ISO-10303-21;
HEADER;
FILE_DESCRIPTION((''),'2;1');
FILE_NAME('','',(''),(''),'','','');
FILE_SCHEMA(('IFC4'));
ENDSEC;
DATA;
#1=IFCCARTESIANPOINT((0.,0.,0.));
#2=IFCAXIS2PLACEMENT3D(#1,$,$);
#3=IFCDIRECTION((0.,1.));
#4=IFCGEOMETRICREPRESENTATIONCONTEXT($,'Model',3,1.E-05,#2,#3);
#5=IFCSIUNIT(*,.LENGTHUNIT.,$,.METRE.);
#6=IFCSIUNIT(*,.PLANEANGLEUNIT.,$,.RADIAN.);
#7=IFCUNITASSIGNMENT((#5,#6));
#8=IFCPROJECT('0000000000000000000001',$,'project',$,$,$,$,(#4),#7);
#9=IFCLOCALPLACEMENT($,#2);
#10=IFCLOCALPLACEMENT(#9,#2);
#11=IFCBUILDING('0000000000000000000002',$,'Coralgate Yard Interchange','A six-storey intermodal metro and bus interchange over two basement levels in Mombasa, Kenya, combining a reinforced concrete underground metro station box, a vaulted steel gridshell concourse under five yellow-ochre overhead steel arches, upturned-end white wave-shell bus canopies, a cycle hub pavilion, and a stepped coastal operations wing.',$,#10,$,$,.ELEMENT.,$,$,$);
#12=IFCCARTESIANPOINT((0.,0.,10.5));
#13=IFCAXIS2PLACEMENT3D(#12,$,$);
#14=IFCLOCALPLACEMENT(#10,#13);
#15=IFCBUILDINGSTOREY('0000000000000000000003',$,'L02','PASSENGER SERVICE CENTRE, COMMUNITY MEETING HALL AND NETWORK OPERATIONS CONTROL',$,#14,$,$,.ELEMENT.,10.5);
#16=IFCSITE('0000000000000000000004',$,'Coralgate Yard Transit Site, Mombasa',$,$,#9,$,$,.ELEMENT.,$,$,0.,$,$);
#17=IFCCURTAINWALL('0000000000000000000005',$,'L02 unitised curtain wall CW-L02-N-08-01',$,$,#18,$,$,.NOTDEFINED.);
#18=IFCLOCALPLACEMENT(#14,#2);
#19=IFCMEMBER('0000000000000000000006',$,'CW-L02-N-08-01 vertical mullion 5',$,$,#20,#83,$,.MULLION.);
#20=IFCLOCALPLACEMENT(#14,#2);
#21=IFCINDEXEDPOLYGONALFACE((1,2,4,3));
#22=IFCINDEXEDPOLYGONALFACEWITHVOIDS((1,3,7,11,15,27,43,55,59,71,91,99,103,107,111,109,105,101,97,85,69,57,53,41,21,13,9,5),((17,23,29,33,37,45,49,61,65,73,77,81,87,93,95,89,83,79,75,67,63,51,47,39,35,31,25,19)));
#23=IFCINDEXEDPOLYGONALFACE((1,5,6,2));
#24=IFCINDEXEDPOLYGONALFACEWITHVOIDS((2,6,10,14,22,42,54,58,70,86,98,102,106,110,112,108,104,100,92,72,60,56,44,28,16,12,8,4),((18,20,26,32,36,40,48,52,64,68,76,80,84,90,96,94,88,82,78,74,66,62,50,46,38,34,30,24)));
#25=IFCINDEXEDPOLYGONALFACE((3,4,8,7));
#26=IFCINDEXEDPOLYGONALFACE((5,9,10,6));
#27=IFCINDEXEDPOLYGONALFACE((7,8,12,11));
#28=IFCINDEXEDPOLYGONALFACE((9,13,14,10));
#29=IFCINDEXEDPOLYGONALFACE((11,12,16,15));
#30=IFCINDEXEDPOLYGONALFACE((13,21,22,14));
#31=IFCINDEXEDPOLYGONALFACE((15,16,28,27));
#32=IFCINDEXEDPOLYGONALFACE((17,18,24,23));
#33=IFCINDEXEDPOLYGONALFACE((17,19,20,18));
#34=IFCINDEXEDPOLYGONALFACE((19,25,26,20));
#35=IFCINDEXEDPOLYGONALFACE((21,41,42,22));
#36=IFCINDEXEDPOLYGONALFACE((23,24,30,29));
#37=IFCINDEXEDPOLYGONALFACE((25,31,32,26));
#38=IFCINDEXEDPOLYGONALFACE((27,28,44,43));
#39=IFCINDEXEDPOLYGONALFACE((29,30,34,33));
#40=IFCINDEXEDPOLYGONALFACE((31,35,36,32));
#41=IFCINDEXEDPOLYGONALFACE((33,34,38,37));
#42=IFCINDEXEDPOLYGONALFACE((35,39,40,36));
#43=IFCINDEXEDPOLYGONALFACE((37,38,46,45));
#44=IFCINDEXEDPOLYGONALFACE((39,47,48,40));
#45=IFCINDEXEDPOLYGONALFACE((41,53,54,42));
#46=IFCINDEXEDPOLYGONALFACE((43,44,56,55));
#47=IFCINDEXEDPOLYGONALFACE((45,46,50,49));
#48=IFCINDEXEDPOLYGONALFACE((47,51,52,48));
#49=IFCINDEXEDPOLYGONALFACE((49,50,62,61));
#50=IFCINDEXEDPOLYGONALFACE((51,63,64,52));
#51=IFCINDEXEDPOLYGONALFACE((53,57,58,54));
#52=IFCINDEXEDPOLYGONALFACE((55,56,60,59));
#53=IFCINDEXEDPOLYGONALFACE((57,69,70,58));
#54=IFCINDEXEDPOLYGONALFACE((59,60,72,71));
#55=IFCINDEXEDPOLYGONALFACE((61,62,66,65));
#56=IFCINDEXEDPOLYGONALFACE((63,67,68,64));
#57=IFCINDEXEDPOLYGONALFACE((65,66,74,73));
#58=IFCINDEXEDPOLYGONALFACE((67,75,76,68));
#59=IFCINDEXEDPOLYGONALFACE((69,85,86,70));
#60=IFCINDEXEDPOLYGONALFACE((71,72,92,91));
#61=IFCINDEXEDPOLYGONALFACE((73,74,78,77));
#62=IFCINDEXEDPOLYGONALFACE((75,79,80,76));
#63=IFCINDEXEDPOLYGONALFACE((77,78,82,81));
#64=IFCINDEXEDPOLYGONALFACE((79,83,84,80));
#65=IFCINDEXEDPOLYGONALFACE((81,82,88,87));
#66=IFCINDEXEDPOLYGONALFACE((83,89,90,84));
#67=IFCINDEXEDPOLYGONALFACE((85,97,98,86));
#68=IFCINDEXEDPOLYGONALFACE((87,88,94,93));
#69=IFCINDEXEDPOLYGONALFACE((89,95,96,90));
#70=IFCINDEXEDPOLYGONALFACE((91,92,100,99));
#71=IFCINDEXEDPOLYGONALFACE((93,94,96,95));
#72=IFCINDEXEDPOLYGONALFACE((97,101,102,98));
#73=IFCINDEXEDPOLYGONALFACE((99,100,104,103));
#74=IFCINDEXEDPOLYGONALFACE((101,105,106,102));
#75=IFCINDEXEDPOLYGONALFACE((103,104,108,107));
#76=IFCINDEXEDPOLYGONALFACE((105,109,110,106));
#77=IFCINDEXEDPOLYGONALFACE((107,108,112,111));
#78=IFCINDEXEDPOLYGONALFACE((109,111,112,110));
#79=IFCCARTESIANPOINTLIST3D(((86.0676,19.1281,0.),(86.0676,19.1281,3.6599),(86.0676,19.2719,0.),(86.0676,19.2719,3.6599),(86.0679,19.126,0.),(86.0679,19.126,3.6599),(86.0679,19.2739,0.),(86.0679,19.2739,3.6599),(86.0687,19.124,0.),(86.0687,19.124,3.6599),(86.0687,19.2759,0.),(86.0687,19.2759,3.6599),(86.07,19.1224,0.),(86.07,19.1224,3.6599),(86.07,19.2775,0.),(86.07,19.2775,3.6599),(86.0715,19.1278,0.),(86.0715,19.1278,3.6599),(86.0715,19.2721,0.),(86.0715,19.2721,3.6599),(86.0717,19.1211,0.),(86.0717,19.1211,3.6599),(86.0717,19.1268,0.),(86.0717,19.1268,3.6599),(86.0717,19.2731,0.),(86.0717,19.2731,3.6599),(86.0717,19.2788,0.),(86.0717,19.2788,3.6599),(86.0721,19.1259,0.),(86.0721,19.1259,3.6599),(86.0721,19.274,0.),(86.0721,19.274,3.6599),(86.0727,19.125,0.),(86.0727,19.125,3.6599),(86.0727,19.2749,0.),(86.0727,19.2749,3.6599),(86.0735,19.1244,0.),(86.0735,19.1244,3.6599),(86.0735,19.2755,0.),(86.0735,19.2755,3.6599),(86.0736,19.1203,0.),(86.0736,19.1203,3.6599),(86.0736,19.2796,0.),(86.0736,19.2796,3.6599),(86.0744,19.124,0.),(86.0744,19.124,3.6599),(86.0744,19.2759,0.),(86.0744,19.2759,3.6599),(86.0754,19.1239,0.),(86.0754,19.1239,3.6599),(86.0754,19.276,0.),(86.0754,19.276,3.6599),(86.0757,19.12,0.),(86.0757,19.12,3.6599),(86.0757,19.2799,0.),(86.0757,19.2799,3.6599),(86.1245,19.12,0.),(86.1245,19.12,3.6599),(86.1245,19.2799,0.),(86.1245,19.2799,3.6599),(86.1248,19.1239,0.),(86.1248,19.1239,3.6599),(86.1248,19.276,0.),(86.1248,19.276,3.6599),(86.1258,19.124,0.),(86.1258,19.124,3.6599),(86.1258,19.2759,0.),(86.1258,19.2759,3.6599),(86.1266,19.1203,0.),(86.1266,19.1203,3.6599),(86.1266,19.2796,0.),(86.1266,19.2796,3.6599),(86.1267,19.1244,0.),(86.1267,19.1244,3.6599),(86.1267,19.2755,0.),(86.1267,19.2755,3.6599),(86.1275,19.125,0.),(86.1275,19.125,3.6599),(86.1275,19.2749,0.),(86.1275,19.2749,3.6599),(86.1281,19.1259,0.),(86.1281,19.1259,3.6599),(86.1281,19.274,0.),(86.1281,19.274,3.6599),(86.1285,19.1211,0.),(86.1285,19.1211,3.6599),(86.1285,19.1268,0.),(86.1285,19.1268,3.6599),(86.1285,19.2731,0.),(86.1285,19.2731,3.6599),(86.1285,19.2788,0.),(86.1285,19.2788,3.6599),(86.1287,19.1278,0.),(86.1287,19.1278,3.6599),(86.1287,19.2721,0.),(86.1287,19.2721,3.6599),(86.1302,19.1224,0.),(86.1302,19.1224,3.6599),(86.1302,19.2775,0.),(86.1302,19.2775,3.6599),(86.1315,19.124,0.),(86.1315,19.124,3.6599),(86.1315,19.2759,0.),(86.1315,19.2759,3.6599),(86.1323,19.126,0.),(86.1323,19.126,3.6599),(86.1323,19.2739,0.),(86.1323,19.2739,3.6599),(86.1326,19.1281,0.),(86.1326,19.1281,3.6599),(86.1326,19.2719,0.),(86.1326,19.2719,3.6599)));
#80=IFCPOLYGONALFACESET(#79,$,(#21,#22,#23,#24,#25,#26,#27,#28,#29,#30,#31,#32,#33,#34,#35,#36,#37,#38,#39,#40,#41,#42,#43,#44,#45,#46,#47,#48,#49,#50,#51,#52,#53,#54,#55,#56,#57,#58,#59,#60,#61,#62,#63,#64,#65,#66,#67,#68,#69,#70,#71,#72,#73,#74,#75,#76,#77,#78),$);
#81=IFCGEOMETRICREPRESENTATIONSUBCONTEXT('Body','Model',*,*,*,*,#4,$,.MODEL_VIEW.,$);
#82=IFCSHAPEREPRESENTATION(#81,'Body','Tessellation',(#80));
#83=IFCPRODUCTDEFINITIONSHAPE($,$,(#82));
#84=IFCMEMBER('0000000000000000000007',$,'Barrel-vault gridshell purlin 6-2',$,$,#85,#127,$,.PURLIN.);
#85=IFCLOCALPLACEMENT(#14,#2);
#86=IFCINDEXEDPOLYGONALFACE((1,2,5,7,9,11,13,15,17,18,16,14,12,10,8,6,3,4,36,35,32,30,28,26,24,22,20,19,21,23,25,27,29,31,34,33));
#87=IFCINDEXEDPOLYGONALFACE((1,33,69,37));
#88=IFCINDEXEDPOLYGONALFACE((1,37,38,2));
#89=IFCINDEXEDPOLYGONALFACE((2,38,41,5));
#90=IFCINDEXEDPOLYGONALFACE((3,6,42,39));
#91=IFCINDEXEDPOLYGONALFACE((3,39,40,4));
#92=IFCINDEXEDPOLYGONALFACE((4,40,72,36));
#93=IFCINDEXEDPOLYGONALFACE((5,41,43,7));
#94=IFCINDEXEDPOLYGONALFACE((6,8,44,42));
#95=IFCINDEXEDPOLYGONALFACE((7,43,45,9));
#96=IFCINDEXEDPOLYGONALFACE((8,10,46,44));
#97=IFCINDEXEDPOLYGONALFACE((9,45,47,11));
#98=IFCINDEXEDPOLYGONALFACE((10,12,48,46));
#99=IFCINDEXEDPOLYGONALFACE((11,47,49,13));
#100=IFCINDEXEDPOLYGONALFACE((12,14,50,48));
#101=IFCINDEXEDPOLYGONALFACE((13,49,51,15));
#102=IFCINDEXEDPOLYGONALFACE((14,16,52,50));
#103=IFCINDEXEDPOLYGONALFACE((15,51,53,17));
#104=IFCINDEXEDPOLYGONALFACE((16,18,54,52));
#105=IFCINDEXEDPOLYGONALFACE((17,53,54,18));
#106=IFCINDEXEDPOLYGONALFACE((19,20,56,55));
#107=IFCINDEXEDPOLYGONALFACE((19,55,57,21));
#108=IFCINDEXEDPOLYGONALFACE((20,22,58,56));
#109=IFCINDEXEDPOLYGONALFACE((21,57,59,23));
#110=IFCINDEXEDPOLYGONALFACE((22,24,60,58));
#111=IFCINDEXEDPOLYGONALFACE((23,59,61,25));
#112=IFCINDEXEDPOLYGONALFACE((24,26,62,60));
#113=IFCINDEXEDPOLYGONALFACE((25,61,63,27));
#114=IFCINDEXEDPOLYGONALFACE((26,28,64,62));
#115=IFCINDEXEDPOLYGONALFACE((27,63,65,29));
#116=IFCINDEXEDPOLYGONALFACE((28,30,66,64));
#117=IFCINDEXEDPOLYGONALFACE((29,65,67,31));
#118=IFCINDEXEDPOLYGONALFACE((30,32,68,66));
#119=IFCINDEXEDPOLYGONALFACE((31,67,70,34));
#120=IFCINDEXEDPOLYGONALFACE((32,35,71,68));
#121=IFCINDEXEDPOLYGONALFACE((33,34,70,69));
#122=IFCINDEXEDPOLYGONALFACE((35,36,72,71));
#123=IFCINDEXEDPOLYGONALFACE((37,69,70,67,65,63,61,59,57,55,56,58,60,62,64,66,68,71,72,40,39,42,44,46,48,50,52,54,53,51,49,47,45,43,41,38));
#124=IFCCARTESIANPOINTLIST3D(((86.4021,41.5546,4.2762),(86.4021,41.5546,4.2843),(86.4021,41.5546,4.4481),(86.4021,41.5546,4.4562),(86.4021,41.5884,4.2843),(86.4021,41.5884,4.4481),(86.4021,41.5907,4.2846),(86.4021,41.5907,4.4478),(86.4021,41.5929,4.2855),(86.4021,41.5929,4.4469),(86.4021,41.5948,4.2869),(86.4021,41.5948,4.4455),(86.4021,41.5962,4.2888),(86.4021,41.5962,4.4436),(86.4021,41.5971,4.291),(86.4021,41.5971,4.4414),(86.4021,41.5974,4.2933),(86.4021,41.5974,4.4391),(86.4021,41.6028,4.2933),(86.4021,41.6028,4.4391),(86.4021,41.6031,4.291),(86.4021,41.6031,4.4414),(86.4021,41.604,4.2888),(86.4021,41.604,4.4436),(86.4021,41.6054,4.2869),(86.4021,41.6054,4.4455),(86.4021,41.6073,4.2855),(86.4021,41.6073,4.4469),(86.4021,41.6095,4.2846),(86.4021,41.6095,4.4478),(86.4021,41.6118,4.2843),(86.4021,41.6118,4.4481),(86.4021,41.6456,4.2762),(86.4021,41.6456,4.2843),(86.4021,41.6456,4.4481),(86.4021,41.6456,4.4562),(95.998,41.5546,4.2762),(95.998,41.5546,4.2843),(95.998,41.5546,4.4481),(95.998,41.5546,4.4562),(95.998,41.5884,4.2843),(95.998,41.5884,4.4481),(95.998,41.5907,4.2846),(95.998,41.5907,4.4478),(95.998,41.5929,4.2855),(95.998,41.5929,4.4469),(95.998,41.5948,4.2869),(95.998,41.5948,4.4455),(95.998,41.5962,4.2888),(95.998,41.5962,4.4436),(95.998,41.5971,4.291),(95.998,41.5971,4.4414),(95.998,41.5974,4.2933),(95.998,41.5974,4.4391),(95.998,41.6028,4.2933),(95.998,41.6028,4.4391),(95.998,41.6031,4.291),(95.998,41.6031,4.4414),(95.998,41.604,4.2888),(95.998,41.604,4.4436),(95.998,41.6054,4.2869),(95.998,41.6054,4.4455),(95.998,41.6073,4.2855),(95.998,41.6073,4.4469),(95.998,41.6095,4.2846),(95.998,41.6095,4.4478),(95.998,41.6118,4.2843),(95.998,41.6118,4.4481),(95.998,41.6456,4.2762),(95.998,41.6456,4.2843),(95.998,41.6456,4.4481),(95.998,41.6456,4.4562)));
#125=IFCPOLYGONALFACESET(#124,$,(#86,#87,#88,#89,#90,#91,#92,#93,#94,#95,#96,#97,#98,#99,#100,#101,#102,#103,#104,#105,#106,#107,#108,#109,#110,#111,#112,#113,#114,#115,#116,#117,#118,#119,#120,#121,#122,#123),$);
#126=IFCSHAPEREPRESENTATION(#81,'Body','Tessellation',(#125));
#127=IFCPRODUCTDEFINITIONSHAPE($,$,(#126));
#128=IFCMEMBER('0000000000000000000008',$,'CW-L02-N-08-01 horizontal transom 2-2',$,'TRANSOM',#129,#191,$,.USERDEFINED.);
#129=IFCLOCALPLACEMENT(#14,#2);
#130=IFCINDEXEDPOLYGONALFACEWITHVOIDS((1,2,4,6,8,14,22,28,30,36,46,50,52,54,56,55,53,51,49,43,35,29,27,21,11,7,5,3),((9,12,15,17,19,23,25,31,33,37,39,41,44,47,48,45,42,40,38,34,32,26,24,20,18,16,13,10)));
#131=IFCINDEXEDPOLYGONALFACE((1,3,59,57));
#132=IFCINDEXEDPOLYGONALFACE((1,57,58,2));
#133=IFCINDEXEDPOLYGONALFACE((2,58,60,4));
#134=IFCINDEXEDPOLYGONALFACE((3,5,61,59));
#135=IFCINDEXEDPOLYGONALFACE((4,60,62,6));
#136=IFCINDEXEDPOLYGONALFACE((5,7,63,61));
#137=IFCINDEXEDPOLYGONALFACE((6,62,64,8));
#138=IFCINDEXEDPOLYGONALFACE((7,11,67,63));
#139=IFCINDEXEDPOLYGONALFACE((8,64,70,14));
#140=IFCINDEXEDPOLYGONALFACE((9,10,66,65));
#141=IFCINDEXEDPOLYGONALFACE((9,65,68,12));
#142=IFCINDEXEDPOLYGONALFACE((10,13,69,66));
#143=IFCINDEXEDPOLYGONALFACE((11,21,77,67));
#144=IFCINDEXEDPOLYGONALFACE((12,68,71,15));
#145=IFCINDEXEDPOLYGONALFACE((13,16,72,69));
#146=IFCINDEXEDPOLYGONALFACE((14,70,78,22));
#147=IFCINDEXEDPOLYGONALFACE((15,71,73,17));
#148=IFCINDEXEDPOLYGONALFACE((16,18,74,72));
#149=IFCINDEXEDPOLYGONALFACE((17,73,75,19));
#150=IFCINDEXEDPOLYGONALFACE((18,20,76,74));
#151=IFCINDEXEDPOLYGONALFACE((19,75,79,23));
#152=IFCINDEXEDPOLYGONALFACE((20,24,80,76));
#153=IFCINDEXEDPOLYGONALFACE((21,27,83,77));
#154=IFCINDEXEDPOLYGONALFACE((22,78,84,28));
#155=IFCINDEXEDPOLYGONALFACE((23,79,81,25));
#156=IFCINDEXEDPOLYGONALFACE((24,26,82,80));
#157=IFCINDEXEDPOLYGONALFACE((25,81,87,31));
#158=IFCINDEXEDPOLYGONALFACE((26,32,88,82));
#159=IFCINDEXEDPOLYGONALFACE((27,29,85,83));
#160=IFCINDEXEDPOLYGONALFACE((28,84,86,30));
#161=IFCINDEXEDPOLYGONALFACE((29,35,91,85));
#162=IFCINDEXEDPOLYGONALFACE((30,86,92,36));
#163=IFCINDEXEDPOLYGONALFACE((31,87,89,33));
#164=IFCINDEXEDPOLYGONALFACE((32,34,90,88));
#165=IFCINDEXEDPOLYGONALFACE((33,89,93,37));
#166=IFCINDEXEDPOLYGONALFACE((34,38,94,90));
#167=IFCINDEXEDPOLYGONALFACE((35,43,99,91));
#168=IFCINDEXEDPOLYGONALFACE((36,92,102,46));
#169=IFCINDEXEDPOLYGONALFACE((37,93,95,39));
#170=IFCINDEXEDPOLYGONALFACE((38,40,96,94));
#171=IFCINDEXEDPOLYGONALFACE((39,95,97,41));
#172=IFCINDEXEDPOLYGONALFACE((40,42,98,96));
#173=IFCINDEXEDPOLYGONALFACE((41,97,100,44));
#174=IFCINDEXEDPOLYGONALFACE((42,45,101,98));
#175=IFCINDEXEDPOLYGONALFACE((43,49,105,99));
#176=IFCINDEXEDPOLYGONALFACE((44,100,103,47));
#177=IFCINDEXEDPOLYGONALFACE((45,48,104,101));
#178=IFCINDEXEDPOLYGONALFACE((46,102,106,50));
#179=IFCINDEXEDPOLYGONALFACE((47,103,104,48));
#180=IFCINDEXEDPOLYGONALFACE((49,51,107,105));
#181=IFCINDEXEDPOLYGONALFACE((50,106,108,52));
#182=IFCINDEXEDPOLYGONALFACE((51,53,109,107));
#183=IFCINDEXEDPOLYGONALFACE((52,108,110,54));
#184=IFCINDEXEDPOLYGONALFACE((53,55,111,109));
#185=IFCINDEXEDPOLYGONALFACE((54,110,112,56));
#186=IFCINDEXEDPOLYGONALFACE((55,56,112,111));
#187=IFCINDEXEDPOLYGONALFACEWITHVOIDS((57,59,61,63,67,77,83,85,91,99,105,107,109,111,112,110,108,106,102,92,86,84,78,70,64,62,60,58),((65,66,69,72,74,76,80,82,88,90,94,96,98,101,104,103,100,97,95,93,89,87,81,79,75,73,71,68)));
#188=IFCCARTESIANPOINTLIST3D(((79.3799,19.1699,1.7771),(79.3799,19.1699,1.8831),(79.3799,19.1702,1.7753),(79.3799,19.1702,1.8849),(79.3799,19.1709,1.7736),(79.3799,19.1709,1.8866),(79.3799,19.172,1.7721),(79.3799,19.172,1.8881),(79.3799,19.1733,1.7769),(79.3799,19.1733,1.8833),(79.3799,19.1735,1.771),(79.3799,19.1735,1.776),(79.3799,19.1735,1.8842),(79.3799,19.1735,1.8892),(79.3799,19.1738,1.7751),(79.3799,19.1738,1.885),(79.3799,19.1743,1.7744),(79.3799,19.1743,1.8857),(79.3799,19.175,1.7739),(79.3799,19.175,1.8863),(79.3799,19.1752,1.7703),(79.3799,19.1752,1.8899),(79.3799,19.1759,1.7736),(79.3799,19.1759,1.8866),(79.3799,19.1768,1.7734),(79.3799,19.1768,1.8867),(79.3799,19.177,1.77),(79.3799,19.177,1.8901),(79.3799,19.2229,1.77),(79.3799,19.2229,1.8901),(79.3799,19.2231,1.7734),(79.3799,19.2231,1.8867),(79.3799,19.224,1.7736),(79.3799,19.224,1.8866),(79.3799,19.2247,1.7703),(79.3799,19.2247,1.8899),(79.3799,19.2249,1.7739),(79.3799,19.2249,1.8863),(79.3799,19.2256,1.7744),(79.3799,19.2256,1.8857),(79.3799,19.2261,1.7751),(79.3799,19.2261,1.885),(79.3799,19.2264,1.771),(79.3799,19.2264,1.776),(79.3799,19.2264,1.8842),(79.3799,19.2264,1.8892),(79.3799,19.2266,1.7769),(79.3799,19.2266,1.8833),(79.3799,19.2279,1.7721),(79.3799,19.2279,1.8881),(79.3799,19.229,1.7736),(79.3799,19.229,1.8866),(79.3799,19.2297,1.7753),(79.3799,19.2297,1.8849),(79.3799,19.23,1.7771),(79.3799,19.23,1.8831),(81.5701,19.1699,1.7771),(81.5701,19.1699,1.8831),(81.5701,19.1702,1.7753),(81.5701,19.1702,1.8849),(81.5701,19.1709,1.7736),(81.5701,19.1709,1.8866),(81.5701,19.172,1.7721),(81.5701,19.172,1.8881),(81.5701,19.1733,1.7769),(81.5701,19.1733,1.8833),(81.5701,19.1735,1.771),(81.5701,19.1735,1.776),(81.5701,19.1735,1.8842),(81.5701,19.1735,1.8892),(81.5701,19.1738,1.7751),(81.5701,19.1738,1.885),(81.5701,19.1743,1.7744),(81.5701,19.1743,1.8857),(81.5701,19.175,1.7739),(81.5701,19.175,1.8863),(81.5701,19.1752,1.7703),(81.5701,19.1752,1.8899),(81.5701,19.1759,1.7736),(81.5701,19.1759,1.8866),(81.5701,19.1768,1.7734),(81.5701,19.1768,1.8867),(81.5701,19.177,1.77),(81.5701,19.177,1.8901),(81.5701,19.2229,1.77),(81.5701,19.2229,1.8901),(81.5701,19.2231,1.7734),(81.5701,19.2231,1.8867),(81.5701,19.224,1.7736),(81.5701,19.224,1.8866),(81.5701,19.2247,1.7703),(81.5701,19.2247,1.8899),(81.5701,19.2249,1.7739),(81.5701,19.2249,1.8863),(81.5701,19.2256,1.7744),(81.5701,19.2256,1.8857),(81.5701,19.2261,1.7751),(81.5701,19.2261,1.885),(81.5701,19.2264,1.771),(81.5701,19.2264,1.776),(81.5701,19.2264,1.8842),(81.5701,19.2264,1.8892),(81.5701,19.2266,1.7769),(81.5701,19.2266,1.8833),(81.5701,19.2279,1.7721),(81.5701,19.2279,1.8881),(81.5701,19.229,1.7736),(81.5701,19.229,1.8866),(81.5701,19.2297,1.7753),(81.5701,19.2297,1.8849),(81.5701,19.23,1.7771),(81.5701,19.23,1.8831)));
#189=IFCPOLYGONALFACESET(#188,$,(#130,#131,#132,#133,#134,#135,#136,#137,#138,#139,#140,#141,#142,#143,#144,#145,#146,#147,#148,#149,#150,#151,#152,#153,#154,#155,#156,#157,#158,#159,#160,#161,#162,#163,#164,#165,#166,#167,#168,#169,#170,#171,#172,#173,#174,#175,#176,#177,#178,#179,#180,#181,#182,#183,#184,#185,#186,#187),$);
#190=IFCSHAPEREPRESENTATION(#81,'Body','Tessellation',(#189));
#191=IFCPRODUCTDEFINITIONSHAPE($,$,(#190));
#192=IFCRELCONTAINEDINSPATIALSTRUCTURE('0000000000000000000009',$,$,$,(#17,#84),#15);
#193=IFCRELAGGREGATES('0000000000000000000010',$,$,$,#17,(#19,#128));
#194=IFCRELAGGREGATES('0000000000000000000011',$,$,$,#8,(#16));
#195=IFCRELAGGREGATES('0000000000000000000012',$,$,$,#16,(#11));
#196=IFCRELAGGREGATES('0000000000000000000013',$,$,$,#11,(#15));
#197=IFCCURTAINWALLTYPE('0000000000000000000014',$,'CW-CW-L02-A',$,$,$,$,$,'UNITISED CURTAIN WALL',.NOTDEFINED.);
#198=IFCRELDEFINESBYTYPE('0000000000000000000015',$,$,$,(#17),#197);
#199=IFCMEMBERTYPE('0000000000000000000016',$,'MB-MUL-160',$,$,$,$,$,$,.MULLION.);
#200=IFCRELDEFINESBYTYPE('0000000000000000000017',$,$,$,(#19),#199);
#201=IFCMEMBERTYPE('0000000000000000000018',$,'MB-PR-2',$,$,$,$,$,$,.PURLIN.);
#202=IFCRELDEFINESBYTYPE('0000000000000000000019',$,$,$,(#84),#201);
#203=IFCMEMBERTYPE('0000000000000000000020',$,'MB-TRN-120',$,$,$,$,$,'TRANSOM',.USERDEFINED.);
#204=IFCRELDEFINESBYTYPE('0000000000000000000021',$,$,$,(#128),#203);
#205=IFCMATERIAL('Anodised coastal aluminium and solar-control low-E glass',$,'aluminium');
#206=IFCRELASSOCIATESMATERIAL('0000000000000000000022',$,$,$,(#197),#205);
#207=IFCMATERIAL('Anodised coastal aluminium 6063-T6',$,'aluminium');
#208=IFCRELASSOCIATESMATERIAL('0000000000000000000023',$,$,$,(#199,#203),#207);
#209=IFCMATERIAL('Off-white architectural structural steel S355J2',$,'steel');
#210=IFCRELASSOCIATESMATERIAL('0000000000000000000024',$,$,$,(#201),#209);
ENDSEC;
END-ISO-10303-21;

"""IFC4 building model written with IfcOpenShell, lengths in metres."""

from ifc_helpers import new_model, si_unit, direction, frame, origin, origin_2d, place, context, subcontext, project, spatial, hollow_rectangle, i_section, extrude, material, material_profile, profile_set, type_object, element, aggregate, save


model = new_model("IFC4")

# Units and contexts
model_context = context("Model", 3, precision=1e-05, world=origin(), true_north=direction((0.0, 1.0)))
body_context = subcontext(model_context, "Body", "Model", "MODEL_VIEW")
ifc_project = project(units=[si_unit("LENGTHUNIT", "METRE"), si_unit("PLANEANGLEUNIT", "RADIAN")], contexts=[model_context])

# Site, building, storey
site_placement = place(None, origin())
site = spatial("IfcSite", under=ifc_project, at=site_placement, Name="Coralgate Yard Transit Site, Mombasa", CompositionType="ELEMENT", RefElevation=0.0)
building_placement = place(site_placement, origin())
building = spatial("IfcBuilding", under=site, at=building_placement, Name="Coralgate Yard Interchange", Description="A six-storey intermodal metro and bus interchange over two basement levels in Mombasa, Kenya, combining a reinforced concrete underground metro station box, a vaulted steel gridshell concourse under five yellow-ochre overhead steel arches, upturned-end white wave-shell bus canopies, a cycle hub pavilion, and a stepped coastal operations wing.", CompositionType="ELEMENT")
storey_placement = place(building_placement, frame((0.0, 0.0, 10.5)))
storey = spatial("IfcBuildingStorey", under=building, at=storey_placement, Name="L02", Description="PASSENGER SERVICE CENTRE, COMMUNITY MEETING HALL AND NETWORK OPERATIONS CONTROL", CompositionType="ELEMENT", Elevation=10.5)

# Curtain wall, member
ifc_material_1 = material(Name="Anodised coastal aluminium and solar-control low-E glass", Category="aluminium")
curtain_wall_type = type_object("IfcCurtainWallType", Name="CW-CW-L02-A", ElementType="UNITISED CURTAIN WALL", PredefinedType="NOTDEFINED", material=ifc_material_1)
curtain_wall_placement = place(storey_placement, origin())
curtain_wall = element("IfcCurtainWall", 1, at=curtain_wall_placement, inside=storey, type_object=curtain_wall_type, Name="L02 unitised curtain wall CW-L02-N-08-01", PredefinedType="NOTDEFINED")
ifc_material_2 = material(Name="Anodised coastal aluminium 6063-T6", Category="aluminium")
ifc_material_profile_1 = material_profile(ifc_material_2, hollow_rectangle(XDim=0.0649, YDim=0.1599, WallThickness=0.0039, InnerFilletRadius=0.0039, OuterFilletRadius=0.0081, at=origin_2d()), Name="ALU 65x160x4")
ifc_profile_set_1 = profile_set([ifc_material_profile_1], Name="Anodised coastal aluminium 6063-T6")
member_type_1 = type_object("IfcMemberType", Name="MB-MUL-160", PredefinedType="MULLION", material=ifc_profile_set_1)
member_1_placement = place(storey_placement, frame((86.1001, 19.2, 0.0), z_axis=(0.0, 0.0, 1.0), x_axis=(1.0, 0.0, 0.0)))
member_1 = element("IfcMember", 2, at=member_1_placement, type_object=member_type_1, Name="CW-L02-N-08-01 vertical mullion 5", PredefinedType="MULLION", context=body_context, shape_type="SweptSolid", body=[
    extrude(hollow_rectangle(XDim=0.0649, YDim=0.1599, WallThickness=0.0039, InnerFilletRadius=0.0039, OuterFilletRadius=0.0081, at=origin_2d()), origin(), (0.0, 0.0, 1.0), 3.6599),
])

# Members
ifc_material_3 = material(Name="Off-white architectural structural steel S355J2", Category="steel")
ifc_material_profile_2 = material_profile(ifc_material_3, i_section(OverallWidth=0.0911, OverallDepth=0.1799, WebThickness=0.0054, FlangeThickness=0.0081, FilletRadius=0.009, at=origin_2d()), Name="IPE 180")
ifc_profile_set_2 = profile_set([ifc_material_profile_2], Name="Off-white architectural structural steel S355J2")
member_type_2 = type_object("IfcMemberType", Name="MB-PR-2", PredefinedType="PURLIN", material=ifc_profile_set_2)
member_2_placement = place(storey_placement, frame((86.4021, 41.6001, 4.3662), z_axis=(1.0, 0.0, 0.0), x_axis=(0.0, 1.0, 0.0)))
element("IfcMember", 3, at=member_2_placement, inside=storey, type_object=member_type_2, Name="Barrel-vault gridshell purlin 6-2", PredefinedType="PURLIN", context=body_context, shape_type="SweptSolid", body=[
    extrude(i_section(OverallWidth=0.0911, OverallDepth=0.1799, WebThickness=0.0054, FlangeThickness=0.0081, FilletRadius=0.009, at=origin_2d()), origin(), (0.0, 0.0, 1.0), 9.5959),
])
ifc_material_profile_3 = material_profile(ifc_material_2, hollow_rectangle(XDim=0.0601, YDim=0.1201, WallThickness=0.0034, InnerFilletRadius=0.0034, OuterFilletRadius=0.0071, at=origin_2d()), Name="ALU 60x120x3.5")
ifc_profile_set_3 = profile_set([ifc_material_profile_3], Name="Anodised coastal aluminium 6063-T6")
member_type_3 = type_object("IfcMemberType", Name="MB-TRN-120", ElementType="TRANSOM", PredefinedType="USERDEFINED", material=ifc_profile_set_3)
member_3_placement = place(storey_placement, frame((79.3799, 19.2, 1.8301), z_axis=(1.0, 0.0, 0.0), x_axis=(0.0, 1.0, 0.0)))
member_3 = element("IfcMember", 4, at=member_3_placement, type_object=member_type_3, Name="CW-L02-N-08-01 horizontal transom 2-2", ObjectType="TRANSOM", PredefinedType="USERDEFINED", context=body_context, shape_type="SweptSolid", body=[
    extrude(hollow_rectangle(XDim=0.0601, YDim=0.1201, WallThickness=0.0034, InnerFilletRadius=0.0034, OuterFilletRadius=0.0071, at=origin_2d()), origin(), (0.0, 0.0, 1.0), 2.1902),
])

aggregate(curtain_wall, [member_1, member_3])

save(model, "model.ifc")
